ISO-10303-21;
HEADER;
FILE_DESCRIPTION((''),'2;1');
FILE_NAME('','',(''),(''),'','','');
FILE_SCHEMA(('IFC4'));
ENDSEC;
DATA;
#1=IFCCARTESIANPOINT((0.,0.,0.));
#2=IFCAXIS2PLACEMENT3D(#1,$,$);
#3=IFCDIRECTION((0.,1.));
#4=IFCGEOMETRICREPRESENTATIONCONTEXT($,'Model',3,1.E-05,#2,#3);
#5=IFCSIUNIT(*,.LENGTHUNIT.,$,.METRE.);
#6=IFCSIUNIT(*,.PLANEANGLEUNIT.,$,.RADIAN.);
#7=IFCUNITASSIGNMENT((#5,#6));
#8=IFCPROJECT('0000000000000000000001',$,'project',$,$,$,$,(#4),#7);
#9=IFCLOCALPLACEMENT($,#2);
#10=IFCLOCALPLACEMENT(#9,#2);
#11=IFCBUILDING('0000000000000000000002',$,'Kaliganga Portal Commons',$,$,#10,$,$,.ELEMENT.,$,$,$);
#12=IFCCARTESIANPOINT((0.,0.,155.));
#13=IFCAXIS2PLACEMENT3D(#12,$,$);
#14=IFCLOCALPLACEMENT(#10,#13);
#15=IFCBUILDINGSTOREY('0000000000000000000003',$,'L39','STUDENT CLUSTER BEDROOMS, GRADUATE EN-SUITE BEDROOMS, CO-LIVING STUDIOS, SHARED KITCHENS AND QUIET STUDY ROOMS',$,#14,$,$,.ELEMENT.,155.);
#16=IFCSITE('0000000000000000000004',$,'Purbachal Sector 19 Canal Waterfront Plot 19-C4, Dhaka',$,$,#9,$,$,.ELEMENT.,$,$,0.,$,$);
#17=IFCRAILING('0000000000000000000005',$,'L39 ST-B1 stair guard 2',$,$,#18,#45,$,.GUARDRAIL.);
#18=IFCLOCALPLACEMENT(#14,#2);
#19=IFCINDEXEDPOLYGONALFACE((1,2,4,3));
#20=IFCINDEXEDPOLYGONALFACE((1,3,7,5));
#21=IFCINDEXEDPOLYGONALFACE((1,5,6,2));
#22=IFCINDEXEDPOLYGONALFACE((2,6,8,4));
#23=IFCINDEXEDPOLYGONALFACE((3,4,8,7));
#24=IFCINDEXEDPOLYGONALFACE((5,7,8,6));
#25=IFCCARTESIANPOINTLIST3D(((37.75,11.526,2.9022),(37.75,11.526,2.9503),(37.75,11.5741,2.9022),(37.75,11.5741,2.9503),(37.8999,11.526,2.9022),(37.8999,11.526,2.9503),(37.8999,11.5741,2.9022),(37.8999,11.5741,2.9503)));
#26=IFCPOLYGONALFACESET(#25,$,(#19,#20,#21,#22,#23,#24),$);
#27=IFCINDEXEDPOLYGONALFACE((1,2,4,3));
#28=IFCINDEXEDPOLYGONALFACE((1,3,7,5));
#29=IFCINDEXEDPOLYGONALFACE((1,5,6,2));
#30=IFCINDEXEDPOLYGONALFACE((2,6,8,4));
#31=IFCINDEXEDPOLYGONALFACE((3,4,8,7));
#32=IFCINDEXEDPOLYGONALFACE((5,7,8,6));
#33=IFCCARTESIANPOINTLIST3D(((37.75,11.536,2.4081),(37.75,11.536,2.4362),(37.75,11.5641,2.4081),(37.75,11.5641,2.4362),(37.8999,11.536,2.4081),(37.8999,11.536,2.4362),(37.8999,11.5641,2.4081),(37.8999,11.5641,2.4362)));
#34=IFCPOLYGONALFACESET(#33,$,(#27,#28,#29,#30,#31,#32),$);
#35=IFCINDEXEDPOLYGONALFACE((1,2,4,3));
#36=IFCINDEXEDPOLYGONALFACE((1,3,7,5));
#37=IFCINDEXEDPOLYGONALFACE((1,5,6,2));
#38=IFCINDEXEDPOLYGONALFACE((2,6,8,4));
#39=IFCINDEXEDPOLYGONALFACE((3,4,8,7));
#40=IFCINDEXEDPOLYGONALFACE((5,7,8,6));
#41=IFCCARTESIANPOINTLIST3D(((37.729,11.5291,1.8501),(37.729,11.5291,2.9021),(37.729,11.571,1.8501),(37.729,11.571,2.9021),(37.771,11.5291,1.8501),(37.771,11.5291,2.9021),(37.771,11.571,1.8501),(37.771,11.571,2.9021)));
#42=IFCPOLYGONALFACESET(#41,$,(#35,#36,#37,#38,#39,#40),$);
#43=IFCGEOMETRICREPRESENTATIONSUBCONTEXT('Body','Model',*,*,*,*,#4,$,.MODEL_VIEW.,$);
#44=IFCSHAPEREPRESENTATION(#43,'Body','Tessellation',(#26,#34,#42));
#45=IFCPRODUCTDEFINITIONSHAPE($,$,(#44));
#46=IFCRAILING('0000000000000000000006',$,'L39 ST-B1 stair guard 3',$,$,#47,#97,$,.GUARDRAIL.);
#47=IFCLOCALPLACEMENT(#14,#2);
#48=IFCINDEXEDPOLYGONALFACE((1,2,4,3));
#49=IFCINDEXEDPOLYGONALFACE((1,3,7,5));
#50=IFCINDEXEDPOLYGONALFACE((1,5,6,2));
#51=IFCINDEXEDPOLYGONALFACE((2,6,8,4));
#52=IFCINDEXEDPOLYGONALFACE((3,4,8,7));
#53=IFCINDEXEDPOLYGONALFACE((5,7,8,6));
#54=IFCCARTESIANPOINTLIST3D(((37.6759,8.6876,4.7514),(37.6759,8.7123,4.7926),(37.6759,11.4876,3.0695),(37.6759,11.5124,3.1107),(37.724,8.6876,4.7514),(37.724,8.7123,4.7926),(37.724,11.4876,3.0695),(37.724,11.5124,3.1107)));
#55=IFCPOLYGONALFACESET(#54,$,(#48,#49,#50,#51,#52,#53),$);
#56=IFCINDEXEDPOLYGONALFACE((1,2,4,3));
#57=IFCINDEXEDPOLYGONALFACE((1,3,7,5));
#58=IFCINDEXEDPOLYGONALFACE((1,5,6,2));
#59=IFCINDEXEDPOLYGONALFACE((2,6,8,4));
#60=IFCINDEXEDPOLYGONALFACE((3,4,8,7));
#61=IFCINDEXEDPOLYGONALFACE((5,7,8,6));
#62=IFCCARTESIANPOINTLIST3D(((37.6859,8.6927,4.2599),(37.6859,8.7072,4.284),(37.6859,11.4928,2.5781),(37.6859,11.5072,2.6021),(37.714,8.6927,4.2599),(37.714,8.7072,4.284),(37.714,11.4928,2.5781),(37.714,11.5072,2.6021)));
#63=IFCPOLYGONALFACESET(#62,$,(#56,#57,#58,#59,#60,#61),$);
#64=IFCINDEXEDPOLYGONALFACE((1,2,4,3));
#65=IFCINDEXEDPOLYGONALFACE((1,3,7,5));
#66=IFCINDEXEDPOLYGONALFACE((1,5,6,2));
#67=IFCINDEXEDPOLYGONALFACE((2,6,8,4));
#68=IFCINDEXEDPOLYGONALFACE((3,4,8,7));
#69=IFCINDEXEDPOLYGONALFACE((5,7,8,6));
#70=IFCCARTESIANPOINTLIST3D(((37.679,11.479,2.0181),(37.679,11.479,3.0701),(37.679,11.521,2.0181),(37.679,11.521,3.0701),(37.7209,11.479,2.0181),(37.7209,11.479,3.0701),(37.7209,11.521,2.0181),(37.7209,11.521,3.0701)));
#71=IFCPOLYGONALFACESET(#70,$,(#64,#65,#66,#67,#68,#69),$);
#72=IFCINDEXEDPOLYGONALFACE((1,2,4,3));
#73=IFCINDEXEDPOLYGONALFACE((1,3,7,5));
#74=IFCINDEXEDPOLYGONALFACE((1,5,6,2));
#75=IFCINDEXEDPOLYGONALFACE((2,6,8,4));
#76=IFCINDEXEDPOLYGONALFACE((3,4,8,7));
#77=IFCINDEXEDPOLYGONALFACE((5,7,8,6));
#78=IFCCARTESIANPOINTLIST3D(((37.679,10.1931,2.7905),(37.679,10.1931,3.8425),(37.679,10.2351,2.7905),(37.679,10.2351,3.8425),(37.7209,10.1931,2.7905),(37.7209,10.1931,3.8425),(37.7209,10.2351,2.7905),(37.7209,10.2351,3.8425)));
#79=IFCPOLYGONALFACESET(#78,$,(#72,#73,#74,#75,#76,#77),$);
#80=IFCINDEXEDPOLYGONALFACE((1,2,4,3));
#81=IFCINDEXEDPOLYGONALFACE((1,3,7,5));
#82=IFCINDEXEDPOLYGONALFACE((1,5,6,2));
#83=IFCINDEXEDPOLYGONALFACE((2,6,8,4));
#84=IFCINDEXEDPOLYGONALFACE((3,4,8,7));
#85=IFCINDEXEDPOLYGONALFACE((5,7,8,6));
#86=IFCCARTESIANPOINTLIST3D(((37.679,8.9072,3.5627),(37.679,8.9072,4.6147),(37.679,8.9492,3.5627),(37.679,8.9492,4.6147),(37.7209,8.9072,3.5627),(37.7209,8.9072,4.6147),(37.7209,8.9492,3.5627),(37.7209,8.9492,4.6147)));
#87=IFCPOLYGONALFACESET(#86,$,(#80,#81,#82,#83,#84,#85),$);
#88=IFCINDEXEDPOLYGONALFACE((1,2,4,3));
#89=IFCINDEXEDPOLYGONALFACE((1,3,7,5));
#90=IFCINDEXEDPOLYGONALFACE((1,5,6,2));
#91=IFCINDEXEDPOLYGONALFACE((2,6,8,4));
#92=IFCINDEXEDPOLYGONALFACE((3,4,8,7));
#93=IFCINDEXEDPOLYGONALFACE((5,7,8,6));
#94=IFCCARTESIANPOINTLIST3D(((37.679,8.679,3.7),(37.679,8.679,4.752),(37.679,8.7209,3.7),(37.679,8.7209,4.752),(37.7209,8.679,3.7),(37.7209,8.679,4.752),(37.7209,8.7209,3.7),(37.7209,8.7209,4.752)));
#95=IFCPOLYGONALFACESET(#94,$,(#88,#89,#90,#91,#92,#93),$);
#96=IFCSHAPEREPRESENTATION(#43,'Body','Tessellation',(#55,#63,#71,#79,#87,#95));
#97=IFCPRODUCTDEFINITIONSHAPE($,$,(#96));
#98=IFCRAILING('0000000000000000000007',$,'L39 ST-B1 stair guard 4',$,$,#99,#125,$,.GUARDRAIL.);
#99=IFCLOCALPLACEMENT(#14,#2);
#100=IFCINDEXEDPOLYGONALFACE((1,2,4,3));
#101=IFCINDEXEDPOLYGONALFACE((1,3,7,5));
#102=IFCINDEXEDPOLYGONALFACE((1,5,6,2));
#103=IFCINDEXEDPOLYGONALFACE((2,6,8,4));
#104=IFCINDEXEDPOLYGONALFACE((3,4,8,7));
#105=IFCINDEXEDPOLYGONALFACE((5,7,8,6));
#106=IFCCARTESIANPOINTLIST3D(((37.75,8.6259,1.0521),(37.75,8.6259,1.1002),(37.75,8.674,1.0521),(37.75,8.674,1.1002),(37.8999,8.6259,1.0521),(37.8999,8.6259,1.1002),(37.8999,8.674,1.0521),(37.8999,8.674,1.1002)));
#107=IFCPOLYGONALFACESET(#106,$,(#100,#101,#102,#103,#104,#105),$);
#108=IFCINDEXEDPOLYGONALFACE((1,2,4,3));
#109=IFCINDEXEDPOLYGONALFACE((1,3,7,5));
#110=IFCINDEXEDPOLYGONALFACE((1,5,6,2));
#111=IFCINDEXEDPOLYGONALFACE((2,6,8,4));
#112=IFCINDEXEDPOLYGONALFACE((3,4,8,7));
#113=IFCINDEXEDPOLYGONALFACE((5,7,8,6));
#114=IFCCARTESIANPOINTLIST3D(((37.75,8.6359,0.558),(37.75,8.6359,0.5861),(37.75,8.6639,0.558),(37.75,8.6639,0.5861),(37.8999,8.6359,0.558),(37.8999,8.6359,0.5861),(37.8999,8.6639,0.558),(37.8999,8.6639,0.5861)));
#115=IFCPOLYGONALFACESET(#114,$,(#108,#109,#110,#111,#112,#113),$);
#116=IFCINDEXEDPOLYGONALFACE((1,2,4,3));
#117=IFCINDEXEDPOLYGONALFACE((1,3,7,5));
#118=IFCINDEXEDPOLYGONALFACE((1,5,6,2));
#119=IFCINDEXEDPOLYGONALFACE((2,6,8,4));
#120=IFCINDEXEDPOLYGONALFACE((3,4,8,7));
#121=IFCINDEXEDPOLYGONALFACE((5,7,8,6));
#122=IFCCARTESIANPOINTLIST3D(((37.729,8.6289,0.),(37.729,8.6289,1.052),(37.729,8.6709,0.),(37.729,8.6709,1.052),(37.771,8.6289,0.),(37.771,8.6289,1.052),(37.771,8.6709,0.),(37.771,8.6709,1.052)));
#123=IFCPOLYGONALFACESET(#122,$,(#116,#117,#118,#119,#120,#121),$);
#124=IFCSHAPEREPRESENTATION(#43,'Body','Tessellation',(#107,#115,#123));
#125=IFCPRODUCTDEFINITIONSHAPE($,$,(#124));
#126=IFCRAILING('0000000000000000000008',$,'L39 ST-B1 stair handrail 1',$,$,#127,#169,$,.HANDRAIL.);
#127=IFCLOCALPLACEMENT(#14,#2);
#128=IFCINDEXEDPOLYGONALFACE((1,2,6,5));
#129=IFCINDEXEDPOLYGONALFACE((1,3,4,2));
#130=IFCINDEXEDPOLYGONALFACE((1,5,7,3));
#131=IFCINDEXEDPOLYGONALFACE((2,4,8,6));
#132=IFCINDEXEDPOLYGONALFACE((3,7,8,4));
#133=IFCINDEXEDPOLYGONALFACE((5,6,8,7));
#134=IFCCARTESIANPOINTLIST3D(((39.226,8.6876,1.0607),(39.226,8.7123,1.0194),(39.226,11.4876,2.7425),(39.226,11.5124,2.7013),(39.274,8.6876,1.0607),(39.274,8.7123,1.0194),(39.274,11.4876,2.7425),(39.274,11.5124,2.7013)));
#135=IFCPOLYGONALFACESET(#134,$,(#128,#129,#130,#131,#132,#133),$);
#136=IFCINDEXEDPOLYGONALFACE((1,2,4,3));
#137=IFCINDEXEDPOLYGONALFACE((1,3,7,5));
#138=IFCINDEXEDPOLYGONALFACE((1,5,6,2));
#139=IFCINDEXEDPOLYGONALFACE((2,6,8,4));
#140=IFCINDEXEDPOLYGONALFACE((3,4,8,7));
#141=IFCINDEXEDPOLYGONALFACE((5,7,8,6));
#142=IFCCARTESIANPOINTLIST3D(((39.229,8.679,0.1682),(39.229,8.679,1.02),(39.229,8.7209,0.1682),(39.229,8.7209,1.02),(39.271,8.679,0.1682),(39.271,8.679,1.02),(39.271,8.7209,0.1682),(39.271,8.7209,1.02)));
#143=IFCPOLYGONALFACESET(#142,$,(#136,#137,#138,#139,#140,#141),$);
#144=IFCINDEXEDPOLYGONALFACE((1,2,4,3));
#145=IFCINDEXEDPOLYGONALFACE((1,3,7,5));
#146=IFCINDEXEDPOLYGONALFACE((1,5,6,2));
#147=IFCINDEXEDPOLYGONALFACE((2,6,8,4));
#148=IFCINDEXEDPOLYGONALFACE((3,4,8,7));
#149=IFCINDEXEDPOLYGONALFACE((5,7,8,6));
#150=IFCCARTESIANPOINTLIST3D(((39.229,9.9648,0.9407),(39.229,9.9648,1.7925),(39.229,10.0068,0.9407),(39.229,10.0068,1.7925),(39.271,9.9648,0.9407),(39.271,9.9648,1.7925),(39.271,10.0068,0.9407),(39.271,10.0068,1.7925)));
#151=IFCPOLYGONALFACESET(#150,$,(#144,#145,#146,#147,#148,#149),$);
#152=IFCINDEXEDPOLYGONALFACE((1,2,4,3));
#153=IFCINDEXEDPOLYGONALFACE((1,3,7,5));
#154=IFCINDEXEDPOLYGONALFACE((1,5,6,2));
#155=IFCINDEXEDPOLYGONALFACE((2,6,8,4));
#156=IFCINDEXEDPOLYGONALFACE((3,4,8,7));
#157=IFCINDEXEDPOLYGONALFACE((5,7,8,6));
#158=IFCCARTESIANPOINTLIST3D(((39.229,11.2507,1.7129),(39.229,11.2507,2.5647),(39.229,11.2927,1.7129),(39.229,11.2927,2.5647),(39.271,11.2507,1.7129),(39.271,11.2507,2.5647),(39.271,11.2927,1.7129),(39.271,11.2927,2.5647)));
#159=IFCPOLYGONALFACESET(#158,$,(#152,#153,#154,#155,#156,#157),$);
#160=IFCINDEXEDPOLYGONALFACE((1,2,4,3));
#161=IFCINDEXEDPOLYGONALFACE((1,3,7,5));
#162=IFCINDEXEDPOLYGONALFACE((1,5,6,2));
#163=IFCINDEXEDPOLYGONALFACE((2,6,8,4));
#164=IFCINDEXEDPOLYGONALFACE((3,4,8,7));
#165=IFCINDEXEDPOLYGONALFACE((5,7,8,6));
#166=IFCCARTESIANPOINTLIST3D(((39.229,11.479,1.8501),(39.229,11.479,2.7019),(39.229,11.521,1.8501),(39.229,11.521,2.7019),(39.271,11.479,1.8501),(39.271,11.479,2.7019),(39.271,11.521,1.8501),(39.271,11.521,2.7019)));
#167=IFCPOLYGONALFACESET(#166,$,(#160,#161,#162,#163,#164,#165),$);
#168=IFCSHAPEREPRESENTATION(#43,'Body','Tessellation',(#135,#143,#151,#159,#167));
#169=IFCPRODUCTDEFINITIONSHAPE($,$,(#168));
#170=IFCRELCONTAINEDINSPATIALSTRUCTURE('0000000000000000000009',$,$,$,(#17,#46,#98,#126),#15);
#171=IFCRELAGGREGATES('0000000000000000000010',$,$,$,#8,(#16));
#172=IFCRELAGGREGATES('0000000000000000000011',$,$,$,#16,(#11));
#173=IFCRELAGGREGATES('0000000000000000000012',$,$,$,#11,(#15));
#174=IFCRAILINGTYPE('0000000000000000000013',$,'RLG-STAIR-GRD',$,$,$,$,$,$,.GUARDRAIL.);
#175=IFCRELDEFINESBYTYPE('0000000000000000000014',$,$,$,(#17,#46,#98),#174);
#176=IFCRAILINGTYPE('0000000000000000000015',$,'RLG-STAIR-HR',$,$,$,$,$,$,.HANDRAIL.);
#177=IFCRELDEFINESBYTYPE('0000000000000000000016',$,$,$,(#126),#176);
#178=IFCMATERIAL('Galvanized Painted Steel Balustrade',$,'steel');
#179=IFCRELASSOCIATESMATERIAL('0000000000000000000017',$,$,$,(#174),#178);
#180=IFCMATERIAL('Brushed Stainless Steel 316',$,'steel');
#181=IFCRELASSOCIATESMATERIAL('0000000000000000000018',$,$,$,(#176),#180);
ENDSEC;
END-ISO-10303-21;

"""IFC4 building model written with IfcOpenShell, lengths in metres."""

from ifc_helpers import new_model, si_unit, direction, frame, origin, origin_2d, place, context, subcontext, project, spatial, rectangle, extrude, material, type_object, element, save


model = new_model("IFC4")

# Units and contexts
model_context = context("Model", 3, precision=1e-05, world=origin(), true_north=direction((0.0, 1.0)))
body_context = subcontext(model_context, "Body", "Model", "MODEL_VIEW")
ifc_project = project(units=[si_unit("LENGTHUNIT", "METRE"), si_unit("PLANEANGLEUNIT", "RADIAN")], contexts=[model_context])

# Site, building, storey
site_placement = place(None, origin())
site = spatial("IfcSite", under=ifc_project, at=site_placement, Name="Purbachal Sector 19 Canal Waterfront Plot 19-C4, Dhaka", CompositionType="ELEMENT", RefElevation=0.0)
building_placement = place(site_placement, origin())
building = spatial("IfcBuilding", under=site, at=building_placement, Name="Kaliganga Portal Commons", CompositionType="ELEMENT")
storey_placement = place(building_placement, frame((0.0, 0.0, 155.0)))
storey = spatial("IfcBuildingStorey", under=building, at=storey_placement, Name="L39", Description="STUDENT CLUSTER BEDROOMS, GRADUATE EN-SUITE BEDROOMS, CO-LIVING STUDIOS, SHARED KITCHENS AND QUIET STUDY ROOMS", CompositionType="ELEMENT", Elevation=155.0)

# Railings
ifc_material_1 = material(Name="Galvanized Painted Steel Balustrade", Category="steel")
railing_type_1 = type_object("IfcRailingType", Name="RLG-STAIR-GRD", PredefinedType="GUARDRAIL", material=ifc_material_1)
railing_1_placement = place(storey_placement, frame((37.8999, 11.55, 1.8501)))
element("IfcRailing", 1, at=railing_1_placement, inside=storey, type_object=railing_type_1, Name="L39 ST-B1 stair guard 2", PredefinedType="GUARDRAIL", context=body_context, shape_type="SweptSolid", body=[
    extrude(rectangle(XDim=0.0481, YDim=0.0481, at=origin_2d()), frame((0.0, 0.0, 1.0762), z_axis=(-1.0, 0.0, 0.0), x_axis=(0.0, -1.0, 0.0)), (0.0, 0.0, 1.0), 0.1499),
    extrude(rectangle(XDim=0.0281, YDim=0.0281, at=origin_2d()), frame((0.0, 0.0, 0.572), z_axis=(-1.0, 0.0, 0.0), x_axis=(0.0, -1.0, 0.0)), (0.0, 0.0, 1.0), 0.1499),
    extrude(rectangle(XDim=0.042, YDim=0.042, at=origin_2d()), frame((-0.1499, 0.0, 0.0)), (0.0, 0.0, 1.0), 1.052),
])
railing_2_placement = place(storey_placement, frame((37.7, 11.5, 2.0181)))
element("IfcRailing", 2, at=railing_2_placement, inside=storey, type_object=railing_type_1, Name="L39 ST-B1 stair guard 3", PredefinedType="GUARDRAIL", context=body_context, shape_type="SweptSolid", body=[
    extrude(rectangle(XDim=0.0481, YDim=0.0481, at=origin_2d()), frame((0.0, 0.0, 1.072), z_axis=(0.0, -0.857242, 0.514913), x_axis=(1.0, 0.0, 0.0)), (0.0, 0.0, 1.0), 3.2664),
    extrude(rectangle(XDim=0.0281, YDim=0.0281, at=origin_2d()), frame((0.0, 0.0, 0.572), z_axis=(0.0, -0.857242, 0.514913), x_axis=(1.0, 0.0, 0.0)), (0.0, 0.0, 1.0), 3.2664),
    extrude(rectangle(XDim=0.042, YDim=0.042, at=origin_2d()), origin(), (0.0, 0.0, 1.0), 1.052),
    extrude(rectangle(XDim=0.042, YDim=0.042, at=origin_2d()), frame((0.0, -1.2859, 0.7725)), (0.0, 0.0, 1.0), 1.052),
    extrude(rectangle(XDim=0.042, YDim=0.042, at=origin_2d()), frame((0.0, -2.5718, 1.5447)), (0.0, 0.0, 1.0), 1.052),
    extrude(rectangle(XDim=0.042, YDim=0.042, at=origin_2d()), frame((0.0, -2.8, 1.6819)), (0.0, 0.0, 1.0), 1.052),
])
railing_3_placement = place(storey_placement, frame((37.8999, 8.6499, 0.0)))
element("IfcRailing", 3, at=railing_3_placement, inside=storey, type_object=railing_type_1, Name="L39 ST-B1 stair guard 4", PredefinedType="GUARDRAIL", context=body_context, shape_type="SweptSolid", body=[
    extrude(rectangle(XDim=0.0481, YDim=0.0481, at=origin_2d()), frame((0.0, 0.0, 1.0762), z_axis=(-1.0, 0.0, 0.0), x_axis=(0.0, -1.0, 0.0)), (0.0, 0.0, 1.0), 0.1499),
    extrude(rectangle(XDim=0.0281, YDim=0.0281, at=origin_2d()), frame((0.0, 0.0, 0.572), z_axis=(-1.0, 0.0, 0.0), x_axis=(0.0, -1.0, 0.0)), (0.0, 0.0, 1.0), 0.1499),
    extrude(rectangle(XDim=0.042, YDim=0.042, at=origin_2d()), frame((-0.1499, 0.0, 0.0)), (0.0, 0.0, 1.0), 1.052),
])
ifc_material_2 = material(Name="Brushed Stainless Steel 316", Category="steel")
railing_type_2 = type_object("IfcRailingType", Name="RLG-STAIR-HR", PredefinedType="HANDRAIL", material=ifc_material_2)
railing_4_placement = place(storey_placement, frame((39.25, 8.7, 0.1682)))
element("IfcRailing", 4, at=railing_4_placement, inside=storey, type_object=railing_type_2, Name="L39 ST-B1 stair handrail 1", PredefinedType="HANDRAIL", context=body_context, shape_type="SweptSolid", body=[
    extrude(rectangle(XDim=0.0481, YDim=0.0481, at=origin_2d()), frame((0.0, 0.0, 0.8718), z_axis=(0.0, 0.857242, 0.514913), x_axis=(-1.0, 0.0, 0.0)), (0.0, 0.0, 1.0), 3.2664),
    extrude(rectangle(XDim=0.042, YDim=0.042, at=origin_2d()), origin(), (0.0, 0.0, 1.0), 0.8518),
    extrude(rectangle(XDim=0.042, YDim=0.042, at=origin_2d()), frame((0.0, 1.2859, 0.7725)), (0.0, 0.0, 1.0), 0.8518),
    extrude(rectangle(XDim=0.042, YDim=0.042, at=origin_2d()), frame((0.0, 2.5718, 1.5447)), (0.0, 0.0, 1.0), 0.8518),
    extrude(rectangle(XDim=0.042, YDim=0.042, at=origin_2d()), frame((0.0, 2.8, 1.6819)), (0.0, 0.0, 1.0), 0.8518),
])

save(model, "model.ifc")
